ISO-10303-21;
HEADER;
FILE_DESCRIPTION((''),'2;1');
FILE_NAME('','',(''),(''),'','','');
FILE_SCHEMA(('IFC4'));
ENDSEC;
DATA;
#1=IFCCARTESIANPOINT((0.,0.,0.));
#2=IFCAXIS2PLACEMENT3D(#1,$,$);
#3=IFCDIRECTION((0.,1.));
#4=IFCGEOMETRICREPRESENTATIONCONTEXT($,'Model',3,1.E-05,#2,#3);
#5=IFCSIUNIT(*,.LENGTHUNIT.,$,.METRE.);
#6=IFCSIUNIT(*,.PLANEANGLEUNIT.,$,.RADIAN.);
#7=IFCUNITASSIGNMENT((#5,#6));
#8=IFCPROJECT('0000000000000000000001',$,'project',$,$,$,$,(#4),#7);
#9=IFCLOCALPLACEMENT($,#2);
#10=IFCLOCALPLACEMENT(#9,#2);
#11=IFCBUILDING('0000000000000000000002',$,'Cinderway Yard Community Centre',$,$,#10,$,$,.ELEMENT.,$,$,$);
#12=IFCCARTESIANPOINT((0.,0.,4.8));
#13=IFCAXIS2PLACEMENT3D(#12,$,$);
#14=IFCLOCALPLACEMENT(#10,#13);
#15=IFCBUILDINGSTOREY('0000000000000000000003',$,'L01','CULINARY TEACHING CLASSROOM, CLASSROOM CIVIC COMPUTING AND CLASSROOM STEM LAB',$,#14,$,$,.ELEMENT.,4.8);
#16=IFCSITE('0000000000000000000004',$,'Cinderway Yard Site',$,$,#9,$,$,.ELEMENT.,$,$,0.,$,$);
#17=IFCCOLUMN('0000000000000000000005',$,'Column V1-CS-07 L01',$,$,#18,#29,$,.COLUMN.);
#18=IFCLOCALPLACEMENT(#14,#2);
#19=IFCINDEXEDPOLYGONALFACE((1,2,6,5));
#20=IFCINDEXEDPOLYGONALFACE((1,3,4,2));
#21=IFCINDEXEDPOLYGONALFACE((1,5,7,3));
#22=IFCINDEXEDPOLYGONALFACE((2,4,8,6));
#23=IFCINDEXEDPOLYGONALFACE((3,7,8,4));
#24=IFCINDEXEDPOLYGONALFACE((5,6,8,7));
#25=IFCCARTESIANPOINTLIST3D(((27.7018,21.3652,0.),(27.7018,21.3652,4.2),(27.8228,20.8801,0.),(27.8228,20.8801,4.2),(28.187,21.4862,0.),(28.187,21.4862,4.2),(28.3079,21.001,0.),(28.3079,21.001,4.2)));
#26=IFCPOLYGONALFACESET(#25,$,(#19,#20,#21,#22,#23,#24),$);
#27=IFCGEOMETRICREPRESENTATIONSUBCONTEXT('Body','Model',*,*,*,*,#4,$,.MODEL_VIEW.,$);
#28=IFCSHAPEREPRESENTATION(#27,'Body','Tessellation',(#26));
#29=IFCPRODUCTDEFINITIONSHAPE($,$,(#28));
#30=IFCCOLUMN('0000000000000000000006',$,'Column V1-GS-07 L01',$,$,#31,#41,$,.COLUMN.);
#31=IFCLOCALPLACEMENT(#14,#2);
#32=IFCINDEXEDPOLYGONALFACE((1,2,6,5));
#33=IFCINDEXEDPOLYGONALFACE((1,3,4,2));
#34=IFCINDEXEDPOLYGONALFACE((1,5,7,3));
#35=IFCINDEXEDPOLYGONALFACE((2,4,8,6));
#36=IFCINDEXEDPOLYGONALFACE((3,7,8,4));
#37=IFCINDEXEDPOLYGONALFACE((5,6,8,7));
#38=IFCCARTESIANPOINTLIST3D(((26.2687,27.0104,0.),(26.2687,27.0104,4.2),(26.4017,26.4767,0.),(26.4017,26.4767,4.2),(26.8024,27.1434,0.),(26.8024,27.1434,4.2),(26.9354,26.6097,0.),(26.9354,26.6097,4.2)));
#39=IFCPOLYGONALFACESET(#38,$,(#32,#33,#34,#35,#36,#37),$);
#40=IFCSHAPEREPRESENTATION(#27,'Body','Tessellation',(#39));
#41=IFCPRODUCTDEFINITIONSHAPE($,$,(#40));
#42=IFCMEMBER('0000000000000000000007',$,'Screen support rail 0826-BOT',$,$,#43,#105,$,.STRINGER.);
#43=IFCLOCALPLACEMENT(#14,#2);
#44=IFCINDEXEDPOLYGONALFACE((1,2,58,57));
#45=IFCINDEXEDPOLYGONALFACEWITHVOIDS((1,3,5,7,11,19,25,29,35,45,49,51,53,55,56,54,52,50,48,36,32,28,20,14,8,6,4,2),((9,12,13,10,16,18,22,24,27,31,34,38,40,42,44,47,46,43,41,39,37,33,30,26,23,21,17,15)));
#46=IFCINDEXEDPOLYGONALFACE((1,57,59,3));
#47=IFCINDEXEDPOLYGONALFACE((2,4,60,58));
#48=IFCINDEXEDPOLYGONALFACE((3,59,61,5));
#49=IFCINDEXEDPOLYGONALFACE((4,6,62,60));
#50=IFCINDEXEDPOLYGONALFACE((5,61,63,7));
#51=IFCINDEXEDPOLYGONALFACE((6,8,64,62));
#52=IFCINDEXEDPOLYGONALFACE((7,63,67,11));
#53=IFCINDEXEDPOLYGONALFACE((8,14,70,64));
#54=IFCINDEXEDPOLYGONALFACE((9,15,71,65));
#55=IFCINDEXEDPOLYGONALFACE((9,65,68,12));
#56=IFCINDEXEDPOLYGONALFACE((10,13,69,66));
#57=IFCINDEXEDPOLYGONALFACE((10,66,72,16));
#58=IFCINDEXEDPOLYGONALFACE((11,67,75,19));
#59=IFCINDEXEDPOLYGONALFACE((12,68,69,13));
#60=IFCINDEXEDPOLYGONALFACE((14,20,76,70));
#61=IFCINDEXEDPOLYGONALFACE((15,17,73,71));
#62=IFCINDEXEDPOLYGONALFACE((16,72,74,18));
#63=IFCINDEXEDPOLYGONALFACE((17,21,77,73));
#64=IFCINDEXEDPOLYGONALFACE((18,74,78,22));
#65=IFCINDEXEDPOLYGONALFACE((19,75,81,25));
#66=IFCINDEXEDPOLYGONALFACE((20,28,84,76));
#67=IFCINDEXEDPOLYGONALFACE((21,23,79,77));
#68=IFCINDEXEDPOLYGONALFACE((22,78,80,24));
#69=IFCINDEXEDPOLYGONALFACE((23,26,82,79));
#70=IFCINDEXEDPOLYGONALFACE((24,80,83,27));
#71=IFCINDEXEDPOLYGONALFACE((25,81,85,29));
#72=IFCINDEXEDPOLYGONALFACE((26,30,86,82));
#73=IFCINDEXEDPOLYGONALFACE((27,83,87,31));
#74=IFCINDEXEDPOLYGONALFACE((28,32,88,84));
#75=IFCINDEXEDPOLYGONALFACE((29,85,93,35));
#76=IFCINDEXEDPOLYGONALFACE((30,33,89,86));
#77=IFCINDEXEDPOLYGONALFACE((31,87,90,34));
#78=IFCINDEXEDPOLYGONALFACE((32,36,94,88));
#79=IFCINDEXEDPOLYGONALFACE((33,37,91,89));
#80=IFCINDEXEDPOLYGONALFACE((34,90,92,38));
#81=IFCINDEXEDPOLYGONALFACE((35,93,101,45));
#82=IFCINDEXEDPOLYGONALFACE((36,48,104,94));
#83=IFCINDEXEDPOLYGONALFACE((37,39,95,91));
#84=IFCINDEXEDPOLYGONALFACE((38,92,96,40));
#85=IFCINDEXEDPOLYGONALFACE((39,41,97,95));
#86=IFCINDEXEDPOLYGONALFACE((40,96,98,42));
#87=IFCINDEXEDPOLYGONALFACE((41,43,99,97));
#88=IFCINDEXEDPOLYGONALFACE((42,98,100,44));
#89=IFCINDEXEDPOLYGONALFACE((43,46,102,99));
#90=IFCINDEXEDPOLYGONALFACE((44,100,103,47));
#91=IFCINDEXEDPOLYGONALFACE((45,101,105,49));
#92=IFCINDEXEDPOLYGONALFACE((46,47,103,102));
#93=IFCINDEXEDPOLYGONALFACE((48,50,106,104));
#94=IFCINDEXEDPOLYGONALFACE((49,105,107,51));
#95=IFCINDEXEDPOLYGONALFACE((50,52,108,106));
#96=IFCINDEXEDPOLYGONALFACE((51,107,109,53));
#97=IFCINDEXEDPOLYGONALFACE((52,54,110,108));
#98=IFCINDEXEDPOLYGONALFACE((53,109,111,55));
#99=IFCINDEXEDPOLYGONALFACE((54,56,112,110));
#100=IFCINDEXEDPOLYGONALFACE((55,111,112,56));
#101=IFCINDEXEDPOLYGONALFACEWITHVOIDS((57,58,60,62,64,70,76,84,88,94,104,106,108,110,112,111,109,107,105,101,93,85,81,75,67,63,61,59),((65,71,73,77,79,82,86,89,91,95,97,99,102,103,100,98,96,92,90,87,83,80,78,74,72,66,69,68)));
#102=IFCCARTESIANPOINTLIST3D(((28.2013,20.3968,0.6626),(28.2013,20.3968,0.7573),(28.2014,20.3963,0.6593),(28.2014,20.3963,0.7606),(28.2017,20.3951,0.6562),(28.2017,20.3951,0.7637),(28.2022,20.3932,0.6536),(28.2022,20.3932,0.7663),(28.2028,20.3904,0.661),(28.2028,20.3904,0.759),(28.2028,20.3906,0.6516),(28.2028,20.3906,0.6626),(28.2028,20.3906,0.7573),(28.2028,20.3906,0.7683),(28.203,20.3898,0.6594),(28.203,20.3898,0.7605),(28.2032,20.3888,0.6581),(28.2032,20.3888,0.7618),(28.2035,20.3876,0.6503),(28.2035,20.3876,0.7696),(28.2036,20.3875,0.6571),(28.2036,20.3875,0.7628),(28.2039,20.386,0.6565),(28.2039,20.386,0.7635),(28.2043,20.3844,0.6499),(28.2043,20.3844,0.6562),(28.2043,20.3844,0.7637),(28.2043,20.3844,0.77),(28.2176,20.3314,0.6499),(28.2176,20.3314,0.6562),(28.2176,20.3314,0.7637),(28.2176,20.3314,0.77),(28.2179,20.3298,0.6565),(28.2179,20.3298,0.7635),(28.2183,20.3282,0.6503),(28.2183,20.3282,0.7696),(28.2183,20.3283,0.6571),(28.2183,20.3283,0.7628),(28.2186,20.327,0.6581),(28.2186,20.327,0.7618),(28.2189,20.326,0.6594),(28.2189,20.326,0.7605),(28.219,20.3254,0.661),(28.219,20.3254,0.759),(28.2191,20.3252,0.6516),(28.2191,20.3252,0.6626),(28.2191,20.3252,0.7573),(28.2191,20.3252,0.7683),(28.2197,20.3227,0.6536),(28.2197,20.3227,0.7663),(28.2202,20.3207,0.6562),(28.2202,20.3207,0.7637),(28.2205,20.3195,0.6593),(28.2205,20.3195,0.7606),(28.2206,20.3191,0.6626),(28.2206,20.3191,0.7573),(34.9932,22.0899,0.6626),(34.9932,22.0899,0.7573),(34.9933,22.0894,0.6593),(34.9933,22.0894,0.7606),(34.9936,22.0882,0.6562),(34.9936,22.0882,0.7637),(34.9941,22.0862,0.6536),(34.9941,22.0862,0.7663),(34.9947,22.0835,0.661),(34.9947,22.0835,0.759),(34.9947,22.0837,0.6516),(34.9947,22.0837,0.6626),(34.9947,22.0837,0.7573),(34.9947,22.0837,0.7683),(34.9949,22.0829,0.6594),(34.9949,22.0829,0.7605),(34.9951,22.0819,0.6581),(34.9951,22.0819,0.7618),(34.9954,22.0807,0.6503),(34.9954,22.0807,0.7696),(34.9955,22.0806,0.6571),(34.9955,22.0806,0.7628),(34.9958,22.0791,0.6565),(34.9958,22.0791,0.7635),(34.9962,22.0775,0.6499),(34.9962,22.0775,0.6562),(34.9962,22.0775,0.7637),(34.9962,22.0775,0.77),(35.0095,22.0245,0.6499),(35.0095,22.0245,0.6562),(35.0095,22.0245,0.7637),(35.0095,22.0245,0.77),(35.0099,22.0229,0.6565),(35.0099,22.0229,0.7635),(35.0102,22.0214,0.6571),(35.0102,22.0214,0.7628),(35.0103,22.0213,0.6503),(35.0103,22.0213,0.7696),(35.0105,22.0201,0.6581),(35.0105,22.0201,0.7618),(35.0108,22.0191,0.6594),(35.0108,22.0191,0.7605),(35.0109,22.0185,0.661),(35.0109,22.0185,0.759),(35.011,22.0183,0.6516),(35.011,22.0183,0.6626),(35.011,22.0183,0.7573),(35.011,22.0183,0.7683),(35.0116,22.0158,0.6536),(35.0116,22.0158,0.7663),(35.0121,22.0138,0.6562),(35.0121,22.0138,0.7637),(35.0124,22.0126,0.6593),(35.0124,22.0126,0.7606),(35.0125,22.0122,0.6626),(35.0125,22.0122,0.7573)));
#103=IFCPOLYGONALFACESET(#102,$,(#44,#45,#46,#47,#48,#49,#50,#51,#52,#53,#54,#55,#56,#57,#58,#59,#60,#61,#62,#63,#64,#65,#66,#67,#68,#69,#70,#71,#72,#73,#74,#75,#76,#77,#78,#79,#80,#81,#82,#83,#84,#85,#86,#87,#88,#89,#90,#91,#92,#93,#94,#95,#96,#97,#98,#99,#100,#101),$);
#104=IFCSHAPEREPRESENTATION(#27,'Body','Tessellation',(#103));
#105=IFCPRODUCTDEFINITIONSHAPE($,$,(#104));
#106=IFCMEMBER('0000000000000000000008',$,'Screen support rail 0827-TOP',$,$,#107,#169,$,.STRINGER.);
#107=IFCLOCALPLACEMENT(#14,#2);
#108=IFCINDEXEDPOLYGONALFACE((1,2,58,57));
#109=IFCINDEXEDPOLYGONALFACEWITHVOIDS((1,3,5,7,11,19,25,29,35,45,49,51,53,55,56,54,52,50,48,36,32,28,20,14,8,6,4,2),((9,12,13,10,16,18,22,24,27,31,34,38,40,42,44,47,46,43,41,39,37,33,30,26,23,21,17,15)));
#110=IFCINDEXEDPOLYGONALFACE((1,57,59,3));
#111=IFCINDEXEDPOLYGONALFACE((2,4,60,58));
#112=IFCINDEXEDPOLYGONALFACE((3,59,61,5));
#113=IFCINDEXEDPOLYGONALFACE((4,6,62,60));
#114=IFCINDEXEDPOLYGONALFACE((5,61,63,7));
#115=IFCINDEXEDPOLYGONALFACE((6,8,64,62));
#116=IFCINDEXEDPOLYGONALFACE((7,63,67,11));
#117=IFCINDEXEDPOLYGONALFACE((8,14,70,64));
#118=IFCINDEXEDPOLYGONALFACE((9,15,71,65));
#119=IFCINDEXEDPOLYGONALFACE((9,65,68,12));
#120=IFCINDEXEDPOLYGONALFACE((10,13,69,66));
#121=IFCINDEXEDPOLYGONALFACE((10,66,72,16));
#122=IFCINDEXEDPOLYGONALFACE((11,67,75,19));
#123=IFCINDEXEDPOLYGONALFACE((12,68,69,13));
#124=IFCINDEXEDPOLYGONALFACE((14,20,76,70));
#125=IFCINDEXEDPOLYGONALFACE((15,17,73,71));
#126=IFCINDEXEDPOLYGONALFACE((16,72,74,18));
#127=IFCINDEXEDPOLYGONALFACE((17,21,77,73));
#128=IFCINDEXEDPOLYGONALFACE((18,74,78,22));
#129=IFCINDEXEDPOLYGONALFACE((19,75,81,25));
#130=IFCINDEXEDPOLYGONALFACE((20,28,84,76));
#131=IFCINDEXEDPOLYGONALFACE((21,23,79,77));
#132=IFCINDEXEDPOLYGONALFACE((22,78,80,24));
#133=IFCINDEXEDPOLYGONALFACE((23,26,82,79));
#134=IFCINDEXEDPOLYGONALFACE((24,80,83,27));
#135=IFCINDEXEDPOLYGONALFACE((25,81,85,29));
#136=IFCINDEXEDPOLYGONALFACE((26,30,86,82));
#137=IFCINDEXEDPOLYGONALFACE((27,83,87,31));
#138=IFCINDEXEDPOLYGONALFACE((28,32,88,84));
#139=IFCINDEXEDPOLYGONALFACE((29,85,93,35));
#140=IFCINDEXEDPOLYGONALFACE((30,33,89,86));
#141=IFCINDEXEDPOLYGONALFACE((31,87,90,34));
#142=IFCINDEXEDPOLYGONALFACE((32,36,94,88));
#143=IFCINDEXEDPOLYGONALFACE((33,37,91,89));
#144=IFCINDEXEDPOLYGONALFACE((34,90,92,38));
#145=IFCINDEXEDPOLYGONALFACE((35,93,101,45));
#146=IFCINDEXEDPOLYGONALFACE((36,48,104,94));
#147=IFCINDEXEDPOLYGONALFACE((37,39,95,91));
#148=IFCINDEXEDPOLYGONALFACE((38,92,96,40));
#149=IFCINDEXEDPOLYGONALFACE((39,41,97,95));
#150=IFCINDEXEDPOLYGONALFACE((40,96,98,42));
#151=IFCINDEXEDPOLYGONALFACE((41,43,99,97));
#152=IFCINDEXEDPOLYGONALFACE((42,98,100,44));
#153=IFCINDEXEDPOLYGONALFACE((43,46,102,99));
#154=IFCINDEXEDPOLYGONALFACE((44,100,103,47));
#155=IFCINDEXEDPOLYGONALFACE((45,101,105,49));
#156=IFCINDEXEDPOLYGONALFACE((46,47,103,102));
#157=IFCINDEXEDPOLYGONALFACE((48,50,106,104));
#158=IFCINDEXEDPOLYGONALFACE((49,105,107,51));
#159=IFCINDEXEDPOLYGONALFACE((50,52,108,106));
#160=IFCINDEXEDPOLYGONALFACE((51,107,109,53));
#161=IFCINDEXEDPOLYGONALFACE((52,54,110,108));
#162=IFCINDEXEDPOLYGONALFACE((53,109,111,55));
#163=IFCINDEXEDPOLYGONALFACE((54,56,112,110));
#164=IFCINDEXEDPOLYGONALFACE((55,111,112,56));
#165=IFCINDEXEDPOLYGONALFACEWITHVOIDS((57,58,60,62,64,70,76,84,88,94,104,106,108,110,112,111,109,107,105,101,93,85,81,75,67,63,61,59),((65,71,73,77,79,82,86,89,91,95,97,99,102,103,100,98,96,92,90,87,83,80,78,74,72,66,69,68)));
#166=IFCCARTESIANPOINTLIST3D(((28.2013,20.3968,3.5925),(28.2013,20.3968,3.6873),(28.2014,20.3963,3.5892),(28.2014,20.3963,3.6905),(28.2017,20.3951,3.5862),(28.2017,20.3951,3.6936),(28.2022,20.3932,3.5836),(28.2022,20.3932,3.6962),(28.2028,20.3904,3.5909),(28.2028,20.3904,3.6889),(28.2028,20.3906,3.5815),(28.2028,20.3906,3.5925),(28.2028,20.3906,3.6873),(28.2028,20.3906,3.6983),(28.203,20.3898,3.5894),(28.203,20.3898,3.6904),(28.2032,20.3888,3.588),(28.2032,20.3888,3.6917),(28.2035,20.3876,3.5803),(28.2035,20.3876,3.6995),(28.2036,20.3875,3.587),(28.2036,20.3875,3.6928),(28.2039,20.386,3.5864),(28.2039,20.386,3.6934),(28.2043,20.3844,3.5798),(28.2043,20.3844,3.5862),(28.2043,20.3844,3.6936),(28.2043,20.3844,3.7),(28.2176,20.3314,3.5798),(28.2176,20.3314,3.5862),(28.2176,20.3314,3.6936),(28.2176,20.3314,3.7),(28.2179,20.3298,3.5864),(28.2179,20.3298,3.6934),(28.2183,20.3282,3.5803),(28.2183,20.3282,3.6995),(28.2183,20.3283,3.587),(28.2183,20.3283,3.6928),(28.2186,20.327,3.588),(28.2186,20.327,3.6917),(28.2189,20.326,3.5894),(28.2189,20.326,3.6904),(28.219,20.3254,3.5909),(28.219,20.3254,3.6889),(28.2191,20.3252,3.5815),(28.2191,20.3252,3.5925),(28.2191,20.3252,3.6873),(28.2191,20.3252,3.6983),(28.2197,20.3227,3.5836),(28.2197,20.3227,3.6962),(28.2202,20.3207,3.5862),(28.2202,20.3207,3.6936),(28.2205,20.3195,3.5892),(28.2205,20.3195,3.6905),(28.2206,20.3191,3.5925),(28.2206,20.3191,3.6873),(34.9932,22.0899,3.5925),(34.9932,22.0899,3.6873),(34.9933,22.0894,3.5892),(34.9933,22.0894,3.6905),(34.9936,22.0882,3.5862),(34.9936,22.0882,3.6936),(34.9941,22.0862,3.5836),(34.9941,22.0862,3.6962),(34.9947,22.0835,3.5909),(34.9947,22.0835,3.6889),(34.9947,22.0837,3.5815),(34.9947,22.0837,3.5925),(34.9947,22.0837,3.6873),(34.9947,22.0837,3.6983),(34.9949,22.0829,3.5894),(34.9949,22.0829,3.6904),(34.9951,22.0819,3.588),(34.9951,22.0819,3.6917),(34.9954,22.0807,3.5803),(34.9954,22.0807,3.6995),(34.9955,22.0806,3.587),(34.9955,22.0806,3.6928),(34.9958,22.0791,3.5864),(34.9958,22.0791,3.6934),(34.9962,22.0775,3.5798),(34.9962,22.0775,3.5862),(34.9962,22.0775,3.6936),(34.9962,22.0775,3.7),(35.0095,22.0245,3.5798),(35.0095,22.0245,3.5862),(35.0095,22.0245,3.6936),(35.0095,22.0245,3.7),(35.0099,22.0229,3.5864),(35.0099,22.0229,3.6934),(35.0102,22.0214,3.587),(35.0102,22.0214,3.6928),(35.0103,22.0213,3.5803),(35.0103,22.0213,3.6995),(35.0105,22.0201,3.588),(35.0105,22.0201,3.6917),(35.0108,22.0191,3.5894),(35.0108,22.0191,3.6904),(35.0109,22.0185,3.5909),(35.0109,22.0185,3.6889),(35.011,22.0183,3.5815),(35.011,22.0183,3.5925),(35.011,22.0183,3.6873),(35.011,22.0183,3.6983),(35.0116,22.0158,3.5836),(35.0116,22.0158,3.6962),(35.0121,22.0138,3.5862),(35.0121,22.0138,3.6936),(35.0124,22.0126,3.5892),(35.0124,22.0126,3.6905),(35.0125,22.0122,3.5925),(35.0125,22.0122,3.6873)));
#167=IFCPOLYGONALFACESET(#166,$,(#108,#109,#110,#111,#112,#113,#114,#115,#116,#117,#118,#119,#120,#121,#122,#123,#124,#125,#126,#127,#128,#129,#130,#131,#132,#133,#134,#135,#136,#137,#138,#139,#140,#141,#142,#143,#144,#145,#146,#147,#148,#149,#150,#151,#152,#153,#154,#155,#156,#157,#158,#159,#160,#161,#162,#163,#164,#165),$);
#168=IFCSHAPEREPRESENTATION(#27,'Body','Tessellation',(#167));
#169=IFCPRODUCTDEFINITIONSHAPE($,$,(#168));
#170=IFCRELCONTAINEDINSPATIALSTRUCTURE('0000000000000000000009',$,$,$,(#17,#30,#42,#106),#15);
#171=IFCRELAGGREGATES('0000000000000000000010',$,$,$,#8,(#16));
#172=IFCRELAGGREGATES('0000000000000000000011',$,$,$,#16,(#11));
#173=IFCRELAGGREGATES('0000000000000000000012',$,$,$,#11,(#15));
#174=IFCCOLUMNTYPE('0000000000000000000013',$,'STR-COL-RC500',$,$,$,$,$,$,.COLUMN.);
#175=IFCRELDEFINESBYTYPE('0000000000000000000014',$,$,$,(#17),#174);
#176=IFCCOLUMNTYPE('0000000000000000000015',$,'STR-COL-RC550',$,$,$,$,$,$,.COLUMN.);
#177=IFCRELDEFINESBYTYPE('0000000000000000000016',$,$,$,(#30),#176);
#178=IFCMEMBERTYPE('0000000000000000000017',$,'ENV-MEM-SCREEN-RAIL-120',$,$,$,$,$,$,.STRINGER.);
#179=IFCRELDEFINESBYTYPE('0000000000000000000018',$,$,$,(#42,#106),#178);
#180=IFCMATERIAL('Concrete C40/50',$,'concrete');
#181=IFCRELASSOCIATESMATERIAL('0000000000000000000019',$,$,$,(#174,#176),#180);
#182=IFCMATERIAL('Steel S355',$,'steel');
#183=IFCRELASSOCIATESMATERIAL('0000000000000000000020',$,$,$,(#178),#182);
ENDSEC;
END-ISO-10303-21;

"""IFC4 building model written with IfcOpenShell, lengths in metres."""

from ifc_helpers import new_model, si_unit, direction, frame, origin, origin_2d, place, context, subcontext, project, spatial, rectangle, hollow_rectangle, extrude, material, material_profile, profile_set, type_object, element, save


model = new_model("IFC4")

# Units and contexts
model_context = context("Model", 3, precision=1e-05, world=origin(), true_north=direction((0.0, 1.0)))
body_context = subcontext(model_context, "Body", "Model", "MODEL_VIEW")
ifc_project = project(units=[si_unit("LENGTHUNIT", "METRE"), si_unit("PLANEANGLEUNIT", "RADIAN")], contexts=[model_context])

# Site, building, storey
site_placement = place(None, origin())
site = spatial("IfcSite", under=ifc_project, at=site_placement, Name="Cinderway Yard Site", CompositionType="ELEMENT", RefElevation=0.0)
building_placement = place(site_placement, origin())
building = spatial("IfcBuilding", under=site, at=building_placement, Name="Cinderway Yard Community Centre", CompositionType="ELEMENT")
storey_placement = place(building_placement, frame((0.0, 0.0, 4.8)))
storey = spatial("IfcBuildingStorey", under=building, at=storey_placement, Name="L01", Description="CULINARY TEACHING CLASSROOM, CLASSROOM CIVIC COMPUTING AND CLASSROOM STEM LAB", CompositionType="ELEMENT", Elevation=4.8)

# Columns
ifc_material_1 = material(Name="Concrete C40/50", Category="concrete")
ifc_material_profile_1 = material_profile(ifc_material_1, rectangle(XDim=0.5, YDim=0.5, at=origin_2d()), Name="Concrete C40/50")
ifc_profile_set_1 = profile_set([ifc_material_profile_1], Name="Concrete C40/50")
column_type_1 = type_object("IfcColumnType", Name="STR-COL-RC500", PredefinedType="COLUMN", material=ifc_profile_set_1)
column_1_placement = place(storey_placement, frame((28.0049, 21.1831, 0.0), z_axis=(0.0, 0.0, 1.0), x_axis=(0.970296, 0.241922, 0.0)))
element("IfcColumn", 1, at=column_1_placement, inside=storey, type_object=column_type_1, Name="Column V1-CS-07 L01", PredefinedType="COLUMN", context=body_context, shape_type="SweptSolid", body=[
    extrude(rectangle(XDim=0.5, YDim=0.5, at=origin_2d()), origin(), (0.0, 0.0, 1.0), 4.2),
])
ifc_material_profile_2 = material_profile(ifc_material_1, rectangle(XDim=0.55, YDim=0.55, at=origin_2d()), Name="Concrete C40/50")
ifc_profile_set_2 = profile_set([ifc_material_profile_2], Name="Concrete C40/50")
column_type_2 = type_object("IfcColumnType", Name="STR-COL-RC550", PredefinedType="COLUMN", material=ifc_profile_set_2)
column_2_placement = place(storey_placement, frame((26.6021, 26.8101, 0.0), z_axis=(0.0, 0.0, 1.0), x_axis=(0.970296, 0.241922, 0.0)))
element("IfcColumn", 2, at=column_2_placement, inside=storey, type_object=column_type_2, Name="Column V1-GS-07 L01", PredefinedType="COLUMN", context=body_context, shape_type="SweptSolid", body=[
    extrude(rectangle(XDim=0.55, YDim=0.55, at=origin_2d()), origin(), (0.0, 0.0, 1.0), 4.2),
])

# Members
ifc_material_2 = material(Name="Steel S355", Category="steel")
ifc_material_profile_3 = material_profile(ifc_material_2, hollow_rectangle(XDim=0.0801, YDim=0.1201, WallThickness=0.0063, InnerFilletRadius=0.0063, OuterFilletRadius=0.0127, at=origin_2d()), Name="Steel S355")
ifc_profile_set_3 = profile_set([ifc_material_profile_3], Name="Steel S355")
member_type_1 = type_object("IfcMemberType", Name="ENV-MEM-SCREEN-RAIL-120", PredefinedType="STRINGER", material=ifc_profile_set_3)
for number, where, z_axis, x_axis, name in (
    (3, (28.2109, 20.3579, 0.71), (0.970306, 0.241879, 0.0), (-0.241879, 0.970306, 0.0), "Screen support rail 0826-BOT"),
    (4, (28.2109, 20.3579, 3.6399), (0.970306, 0.241879, 0.0), (-0.241879, 0.970306, 0.0), "Screen support rail 0827-TOP"),
):
    element("IfcMember", number, at=place(storey_placement, frame(where, z_axis=z_axis, x_axis=x_axis)), inside=storey, type_object=member_type_1, Name=name, PredefinedType="STRINGER", context=body_context, shape_type="SweptSolid", body=[
        extrude(hollow_rectangle(XDim=0.0801, YDim=0.1201, WallThickness=0.0063, InnerFilletRadius=0.0063, OuterFilletRadius=0.0127, at=origin_2d()), origin(), (0.0, 0.0, 1.0), 6.9998),
    ])

save(model, "model.ifc")
